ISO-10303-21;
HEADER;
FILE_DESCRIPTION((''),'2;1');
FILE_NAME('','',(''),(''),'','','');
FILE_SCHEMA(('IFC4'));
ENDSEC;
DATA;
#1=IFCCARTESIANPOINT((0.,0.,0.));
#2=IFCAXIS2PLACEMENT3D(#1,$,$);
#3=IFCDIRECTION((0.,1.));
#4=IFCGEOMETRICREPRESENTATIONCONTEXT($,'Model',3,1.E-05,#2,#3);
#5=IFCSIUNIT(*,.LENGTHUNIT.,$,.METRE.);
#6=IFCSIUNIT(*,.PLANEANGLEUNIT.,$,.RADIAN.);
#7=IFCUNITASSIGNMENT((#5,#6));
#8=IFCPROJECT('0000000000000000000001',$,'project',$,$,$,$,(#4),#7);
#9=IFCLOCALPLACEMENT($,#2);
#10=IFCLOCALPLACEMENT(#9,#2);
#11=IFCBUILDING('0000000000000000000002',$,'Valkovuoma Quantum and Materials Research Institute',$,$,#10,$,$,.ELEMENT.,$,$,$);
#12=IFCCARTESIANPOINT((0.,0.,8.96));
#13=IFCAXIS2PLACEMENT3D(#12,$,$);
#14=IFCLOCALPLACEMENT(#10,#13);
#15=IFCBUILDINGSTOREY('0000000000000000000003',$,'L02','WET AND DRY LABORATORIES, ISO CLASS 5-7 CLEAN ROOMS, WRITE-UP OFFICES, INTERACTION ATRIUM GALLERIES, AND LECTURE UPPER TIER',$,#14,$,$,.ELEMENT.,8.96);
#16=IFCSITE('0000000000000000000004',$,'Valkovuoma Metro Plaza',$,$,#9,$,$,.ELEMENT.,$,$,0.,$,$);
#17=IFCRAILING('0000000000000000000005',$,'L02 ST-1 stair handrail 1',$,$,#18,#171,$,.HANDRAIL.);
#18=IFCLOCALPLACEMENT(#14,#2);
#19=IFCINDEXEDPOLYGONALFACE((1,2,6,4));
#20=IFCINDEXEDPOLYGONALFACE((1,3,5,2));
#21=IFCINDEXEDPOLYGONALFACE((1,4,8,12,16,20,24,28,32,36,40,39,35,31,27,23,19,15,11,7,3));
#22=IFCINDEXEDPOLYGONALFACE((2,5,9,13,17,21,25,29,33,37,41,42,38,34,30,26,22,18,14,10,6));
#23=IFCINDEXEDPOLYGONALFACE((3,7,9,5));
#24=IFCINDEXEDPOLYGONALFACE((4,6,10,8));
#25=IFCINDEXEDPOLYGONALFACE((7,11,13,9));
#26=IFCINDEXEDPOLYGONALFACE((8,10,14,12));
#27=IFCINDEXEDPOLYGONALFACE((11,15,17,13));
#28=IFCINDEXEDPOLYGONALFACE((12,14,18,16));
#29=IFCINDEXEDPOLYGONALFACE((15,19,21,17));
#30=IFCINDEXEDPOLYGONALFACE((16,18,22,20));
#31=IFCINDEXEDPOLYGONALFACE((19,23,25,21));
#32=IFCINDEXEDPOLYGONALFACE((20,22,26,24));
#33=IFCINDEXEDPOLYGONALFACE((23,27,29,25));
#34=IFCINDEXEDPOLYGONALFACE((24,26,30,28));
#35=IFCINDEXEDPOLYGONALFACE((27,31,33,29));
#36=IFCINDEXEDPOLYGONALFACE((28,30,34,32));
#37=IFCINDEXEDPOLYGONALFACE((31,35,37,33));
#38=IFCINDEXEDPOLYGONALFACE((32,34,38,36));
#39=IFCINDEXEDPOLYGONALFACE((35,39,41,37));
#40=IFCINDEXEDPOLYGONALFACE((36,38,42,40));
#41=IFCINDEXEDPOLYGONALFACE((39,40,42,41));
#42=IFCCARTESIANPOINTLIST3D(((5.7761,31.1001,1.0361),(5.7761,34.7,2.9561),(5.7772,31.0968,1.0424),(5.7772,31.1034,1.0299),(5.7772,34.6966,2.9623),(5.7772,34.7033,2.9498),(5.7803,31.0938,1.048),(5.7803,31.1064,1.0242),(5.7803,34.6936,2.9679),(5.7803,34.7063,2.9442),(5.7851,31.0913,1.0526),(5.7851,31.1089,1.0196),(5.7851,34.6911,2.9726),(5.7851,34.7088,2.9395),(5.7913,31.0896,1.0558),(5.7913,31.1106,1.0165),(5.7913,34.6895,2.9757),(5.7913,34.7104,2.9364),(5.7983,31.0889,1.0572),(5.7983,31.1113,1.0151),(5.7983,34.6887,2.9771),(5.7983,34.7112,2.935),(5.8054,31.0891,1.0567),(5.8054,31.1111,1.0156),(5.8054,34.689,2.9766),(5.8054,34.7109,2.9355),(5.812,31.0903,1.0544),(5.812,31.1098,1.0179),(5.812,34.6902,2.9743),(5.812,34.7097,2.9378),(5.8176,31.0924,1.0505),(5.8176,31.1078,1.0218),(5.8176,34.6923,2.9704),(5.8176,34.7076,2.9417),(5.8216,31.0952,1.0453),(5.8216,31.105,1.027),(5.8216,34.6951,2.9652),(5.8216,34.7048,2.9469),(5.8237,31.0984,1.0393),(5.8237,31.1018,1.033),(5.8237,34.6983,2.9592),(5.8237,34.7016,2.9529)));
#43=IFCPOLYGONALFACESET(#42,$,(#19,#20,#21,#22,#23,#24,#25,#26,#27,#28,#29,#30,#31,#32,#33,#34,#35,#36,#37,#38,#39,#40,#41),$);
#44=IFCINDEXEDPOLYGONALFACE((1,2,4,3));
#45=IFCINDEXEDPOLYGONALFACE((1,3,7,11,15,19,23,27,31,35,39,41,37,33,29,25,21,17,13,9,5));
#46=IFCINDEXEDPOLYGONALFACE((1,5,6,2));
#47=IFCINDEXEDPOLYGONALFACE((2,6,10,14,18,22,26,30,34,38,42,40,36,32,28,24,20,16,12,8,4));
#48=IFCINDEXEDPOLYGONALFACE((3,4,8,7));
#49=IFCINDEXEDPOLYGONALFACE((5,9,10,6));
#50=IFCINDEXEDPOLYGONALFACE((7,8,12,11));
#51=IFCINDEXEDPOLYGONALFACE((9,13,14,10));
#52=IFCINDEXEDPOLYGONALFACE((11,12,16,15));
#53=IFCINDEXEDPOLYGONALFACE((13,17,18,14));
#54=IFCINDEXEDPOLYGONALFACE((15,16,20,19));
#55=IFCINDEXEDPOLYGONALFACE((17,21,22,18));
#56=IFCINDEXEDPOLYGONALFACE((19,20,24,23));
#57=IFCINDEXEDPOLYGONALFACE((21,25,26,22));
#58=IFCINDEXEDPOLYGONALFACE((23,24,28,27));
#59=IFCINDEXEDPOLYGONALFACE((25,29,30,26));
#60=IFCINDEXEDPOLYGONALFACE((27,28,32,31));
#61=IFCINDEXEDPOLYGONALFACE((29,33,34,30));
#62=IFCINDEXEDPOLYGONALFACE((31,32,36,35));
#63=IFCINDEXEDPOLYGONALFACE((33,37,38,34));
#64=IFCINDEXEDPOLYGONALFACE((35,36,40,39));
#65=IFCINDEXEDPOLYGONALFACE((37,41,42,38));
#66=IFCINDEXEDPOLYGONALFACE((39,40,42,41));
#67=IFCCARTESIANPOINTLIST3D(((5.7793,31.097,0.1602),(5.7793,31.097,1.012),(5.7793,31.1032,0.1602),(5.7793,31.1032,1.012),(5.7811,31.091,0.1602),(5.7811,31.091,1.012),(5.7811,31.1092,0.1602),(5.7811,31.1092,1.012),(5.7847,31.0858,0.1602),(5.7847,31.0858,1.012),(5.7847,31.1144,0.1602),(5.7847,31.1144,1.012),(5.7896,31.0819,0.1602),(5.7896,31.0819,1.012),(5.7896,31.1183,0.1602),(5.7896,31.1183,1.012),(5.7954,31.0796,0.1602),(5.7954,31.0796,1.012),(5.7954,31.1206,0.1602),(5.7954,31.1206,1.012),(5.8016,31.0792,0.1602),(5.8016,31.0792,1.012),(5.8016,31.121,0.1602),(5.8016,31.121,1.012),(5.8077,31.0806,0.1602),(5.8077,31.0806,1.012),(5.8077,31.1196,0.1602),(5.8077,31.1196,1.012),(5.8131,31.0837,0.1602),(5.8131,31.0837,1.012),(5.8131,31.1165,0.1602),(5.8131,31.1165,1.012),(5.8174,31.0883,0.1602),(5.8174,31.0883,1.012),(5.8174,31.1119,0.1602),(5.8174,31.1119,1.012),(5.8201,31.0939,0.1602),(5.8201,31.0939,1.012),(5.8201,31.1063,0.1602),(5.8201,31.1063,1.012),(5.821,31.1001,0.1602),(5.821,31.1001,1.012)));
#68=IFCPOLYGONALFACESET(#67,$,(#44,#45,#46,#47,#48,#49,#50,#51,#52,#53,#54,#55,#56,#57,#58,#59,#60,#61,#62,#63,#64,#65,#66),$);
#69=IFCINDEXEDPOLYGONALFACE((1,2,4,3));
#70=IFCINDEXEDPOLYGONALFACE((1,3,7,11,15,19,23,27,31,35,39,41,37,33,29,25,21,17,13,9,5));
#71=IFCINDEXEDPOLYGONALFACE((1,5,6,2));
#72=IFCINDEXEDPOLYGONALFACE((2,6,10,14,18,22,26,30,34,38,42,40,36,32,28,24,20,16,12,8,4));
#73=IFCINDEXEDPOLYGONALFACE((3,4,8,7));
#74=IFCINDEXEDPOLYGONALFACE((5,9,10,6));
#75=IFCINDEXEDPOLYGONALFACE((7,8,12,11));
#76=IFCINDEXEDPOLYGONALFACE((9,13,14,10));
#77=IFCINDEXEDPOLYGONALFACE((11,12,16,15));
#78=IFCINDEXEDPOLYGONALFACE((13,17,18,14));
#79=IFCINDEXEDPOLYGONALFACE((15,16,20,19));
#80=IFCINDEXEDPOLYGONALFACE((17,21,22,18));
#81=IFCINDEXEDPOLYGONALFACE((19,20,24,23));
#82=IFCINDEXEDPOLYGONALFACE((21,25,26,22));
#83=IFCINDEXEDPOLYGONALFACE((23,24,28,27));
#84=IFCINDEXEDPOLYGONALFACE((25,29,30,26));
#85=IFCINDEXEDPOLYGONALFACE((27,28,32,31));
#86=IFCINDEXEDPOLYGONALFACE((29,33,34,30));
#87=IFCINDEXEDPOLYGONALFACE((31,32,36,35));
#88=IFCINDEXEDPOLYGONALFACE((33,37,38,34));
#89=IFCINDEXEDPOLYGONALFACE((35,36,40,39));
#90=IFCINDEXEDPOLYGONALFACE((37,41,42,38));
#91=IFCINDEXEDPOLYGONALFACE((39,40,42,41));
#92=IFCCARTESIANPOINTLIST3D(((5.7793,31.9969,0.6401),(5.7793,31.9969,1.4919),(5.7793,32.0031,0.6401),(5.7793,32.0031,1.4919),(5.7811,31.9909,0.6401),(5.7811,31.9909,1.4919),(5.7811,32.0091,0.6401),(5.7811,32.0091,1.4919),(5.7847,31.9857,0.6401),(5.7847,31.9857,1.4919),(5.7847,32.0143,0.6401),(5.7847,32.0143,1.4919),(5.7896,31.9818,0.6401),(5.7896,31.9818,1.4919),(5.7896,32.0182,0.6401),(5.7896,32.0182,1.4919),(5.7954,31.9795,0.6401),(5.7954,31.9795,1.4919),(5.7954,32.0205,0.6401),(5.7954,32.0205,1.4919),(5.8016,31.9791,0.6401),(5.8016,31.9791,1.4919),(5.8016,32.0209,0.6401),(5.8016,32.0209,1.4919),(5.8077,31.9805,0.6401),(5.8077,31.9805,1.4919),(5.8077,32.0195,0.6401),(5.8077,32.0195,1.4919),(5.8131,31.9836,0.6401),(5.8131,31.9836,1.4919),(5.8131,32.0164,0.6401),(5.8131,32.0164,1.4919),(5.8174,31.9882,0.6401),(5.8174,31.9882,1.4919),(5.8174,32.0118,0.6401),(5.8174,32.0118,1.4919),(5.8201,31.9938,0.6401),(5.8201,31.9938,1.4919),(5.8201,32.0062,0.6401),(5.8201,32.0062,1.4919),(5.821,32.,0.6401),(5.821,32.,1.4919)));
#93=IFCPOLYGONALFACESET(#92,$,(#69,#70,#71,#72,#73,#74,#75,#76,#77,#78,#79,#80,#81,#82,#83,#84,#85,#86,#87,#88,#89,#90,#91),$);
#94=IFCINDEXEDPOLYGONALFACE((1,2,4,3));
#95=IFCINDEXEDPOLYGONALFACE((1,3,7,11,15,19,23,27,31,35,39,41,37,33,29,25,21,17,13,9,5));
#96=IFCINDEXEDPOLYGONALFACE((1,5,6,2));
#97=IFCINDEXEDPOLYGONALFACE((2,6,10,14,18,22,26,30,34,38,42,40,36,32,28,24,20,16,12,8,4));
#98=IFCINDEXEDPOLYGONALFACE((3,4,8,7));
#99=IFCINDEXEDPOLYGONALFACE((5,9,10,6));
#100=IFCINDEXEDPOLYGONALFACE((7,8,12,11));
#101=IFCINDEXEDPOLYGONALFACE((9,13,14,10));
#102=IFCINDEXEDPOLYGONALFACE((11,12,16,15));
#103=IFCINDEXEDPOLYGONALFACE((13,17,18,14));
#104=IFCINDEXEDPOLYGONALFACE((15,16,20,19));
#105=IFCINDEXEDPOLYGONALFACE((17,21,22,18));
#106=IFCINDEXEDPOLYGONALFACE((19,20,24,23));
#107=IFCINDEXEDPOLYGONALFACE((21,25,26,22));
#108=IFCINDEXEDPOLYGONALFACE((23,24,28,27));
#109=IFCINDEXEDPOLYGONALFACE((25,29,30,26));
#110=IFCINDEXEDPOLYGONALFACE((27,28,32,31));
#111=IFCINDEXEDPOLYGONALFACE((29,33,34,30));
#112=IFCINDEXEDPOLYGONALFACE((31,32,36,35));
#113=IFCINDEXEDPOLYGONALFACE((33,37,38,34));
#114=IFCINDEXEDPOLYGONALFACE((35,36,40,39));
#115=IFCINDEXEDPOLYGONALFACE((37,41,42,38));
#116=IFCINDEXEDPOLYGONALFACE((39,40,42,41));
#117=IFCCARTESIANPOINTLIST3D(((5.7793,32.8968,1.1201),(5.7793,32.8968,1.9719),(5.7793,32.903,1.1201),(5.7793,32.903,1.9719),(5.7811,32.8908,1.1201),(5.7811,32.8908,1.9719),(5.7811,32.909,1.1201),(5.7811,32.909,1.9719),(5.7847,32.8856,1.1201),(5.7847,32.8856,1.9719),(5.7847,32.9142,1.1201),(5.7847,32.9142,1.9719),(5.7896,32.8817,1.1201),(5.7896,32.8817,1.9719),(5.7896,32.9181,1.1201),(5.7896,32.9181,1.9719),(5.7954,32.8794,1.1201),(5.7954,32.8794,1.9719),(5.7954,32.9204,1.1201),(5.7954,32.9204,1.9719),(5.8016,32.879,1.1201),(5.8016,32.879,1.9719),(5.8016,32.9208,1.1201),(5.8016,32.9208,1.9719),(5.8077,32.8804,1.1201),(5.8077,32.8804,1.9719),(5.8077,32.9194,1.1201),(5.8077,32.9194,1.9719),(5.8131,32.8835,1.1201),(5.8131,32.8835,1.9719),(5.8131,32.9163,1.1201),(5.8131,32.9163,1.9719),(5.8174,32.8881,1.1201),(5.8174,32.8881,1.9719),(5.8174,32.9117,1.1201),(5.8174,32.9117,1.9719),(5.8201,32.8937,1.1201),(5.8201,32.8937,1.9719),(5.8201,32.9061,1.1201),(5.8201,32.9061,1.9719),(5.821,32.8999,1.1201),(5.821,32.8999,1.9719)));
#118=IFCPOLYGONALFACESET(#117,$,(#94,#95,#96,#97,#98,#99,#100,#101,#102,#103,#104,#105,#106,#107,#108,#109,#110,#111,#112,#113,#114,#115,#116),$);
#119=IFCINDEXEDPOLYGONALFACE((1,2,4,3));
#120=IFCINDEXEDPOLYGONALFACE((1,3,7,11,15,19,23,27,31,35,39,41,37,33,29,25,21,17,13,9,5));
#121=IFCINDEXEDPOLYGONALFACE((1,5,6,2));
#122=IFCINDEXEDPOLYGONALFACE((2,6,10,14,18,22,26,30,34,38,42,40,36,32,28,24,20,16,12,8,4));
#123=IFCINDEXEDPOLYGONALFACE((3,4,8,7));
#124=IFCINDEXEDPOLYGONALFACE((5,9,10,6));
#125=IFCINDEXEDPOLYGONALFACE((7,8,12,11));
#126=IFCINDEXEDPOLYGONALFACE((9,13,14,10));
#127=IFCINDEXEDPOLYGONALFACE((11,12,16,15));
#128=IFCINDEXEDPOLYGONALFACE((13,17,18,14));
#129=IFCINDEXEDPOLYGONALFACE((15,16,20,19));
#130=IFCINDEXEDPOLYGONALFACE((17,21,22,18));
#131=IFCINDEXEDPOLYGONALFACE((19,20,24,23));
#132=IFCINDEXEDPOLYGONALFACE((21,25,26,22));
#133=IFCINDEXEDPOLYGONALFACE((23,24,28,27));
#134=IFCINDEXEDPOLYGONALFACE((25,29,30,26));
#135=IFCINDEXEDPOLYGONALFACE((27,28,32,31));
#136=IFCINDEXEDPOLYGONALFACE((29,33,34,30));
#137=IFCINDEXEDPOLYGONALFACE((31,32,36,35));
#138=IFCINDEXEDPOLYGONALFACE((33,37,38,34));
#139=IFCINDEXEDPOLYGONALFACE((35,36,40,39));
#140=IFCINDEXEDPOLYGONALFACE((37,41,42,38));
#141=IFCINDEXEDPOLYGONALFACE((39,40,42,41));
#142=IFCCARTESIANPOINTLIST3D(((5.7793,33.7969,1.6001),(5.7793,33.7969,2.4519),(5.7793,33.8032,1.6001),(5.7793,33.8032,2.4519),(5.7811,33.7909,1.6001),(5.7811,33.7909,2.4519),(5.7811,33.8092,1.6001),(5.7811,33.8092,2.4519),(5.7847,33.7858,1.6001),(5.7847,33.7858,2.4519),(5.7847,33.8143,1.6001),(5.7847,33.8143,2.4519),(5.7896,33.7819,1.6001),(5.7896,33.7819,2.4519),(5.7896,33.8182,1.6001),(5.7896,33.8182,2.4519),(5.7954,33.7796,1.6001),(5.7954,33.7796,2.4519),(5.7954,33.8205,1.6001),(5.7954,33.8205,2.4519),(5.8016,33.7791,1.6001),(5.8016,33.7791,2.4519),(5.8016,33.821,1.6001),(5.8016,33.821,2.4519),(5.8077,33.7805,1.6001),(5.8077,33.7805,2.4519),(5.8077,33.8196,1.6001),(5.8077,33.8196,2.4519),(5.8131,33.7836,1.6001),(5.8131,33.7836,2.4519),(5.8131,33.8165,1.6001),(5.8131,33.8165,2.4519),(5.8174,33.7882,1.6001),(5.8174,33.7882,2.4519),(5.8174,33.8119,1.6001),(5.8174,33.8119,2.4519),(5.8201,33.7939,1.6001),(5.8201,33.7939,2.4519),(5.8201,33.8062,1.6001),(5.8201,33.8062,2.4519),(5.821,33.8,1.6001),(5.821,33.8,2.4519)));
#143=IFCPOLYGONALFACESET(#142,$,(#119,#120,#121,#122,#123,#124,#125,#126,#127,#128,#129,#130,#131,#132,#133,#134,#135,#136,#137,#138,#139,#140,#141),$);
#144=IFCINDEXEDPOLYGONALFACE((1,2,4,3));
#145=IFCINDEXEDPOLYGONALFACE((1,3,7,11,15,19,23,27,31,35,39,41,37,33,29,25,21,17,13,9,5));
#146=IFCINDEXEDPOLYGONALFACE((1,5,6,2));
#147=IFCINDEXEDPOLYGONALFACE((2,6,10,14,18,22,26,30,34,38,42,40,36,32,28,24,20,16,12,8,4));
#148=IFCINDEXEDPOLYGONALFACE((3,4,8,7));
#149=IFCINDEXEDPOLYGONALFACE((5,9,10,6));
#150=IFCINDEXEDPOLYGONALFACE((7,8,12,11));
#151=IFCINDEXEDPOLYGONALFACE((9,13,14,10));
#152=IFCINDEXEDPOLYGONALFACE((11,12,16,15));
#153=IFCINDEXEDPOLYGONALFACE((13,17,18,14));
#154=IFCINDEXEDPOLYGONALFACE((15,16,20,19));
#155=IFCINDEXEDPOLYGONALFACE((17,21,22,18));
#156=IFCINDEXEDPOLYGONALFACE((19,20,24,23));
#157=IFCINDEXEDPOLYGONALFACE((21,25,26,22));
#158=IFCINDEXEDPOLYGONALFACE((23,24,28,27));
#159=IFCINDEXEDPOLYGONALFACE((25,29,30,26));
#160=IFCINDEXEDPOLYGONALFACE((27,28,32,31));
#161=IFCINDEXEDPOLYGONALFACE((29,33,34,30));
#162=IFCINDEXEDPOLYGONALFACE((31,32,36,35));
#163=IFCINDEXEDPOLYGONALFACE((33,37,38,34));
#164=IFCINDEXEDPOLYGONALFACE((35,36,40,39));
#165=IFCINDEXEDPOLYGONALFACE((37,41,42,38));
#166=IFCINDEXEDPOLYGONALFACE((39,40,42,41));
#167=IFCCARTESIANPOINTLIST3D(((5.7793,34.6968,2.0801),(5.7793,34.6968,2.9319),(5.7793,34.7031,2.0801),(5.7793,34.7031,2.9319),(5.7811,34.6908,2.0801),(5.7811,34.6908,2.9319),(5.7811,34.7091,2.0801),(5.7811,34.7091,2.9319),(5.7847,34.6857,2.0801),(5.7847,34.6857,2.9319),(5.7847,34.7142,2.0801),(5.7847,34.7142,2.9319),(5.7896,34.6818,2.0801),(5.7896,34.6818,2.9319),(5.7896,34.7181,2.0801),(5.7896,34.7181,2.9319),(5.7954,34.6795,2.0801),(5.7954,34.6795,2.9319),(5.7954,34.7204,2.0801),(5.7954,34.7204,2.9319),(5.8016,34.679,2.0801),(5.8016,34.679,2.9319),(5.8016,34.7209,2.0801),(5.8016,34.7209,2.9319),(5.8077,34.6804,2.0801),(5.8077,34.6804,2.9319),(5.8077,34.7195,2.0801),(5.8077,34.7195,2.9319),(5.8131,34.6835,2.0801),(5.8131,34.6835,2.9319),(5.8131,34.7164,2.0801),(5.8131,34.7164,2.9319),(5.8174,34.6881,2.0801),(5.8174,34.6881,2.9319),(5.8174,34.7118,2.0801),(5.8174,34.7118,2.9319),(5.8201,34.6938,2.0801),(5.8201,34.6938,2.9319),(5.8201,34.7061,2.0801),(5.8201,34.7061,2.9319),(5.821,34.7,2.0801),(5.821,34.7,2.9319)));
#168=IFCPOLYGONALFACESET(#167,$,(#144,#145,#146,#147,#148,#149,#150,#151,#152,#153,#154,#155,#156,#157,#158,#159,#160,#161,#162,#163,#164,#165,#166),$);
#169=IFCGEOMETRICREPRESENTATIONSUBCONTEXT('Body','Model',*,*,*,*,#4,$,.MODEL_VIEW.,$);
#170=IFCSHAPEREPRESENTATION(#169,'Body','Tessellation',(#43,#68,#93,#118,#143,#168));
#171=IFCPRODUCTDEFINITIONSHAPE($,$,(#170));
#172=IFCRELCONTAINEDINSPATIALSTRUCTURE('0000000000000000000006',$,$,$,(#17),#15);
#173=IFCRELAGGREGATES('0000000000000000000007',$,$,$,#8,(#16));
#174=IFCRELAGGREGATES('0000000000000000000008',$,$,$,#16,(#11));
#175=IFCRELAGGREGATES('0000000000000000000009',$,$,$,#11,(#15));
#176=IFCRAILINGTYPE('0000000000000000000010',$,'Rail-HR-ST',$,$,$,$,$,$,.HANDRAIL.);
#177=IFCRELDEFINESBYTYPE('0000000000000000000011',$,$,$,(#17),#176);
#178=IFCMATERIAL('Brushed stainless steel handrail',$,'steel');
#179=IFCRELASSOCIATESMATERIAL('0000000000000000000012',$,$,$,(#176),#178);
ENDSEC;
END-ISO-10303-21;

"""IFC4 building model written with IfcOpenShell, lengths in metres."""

from ifc_helpers import new_model, si_unit, direction, frame, origin, origin_2d, place, context, subcontext, project, spatial, circle, extrude, material, type_object, element, save


model = new_model("IFC4")

# Units and contexts
model_context = context("Model", 3, precision=1e-05, world=origin(), true_north=direction((0.0, 1.0)))
body_context = subcontext(model_context, "Body", "Model", "MODEL_VIEW")
ifc_project = project(units=[si_unit("LENGTHUNIT", "METRE"), si_unit("PLANEANGLEUNIT", "RADIAN")], contexts=[model_context])

# Site, building, storey
site_placement = place(None, origin())
site = spatial("IfcSite", under=ifc_project, at=site_placement, Name="Valkovuoma Metro Plaza", CompositionType="ELEMENT", RefElevation=0.0)
building_placement = place(site_placement, origin())
building = spatial("IfcBuilding", under=site, at=building_placement, Name="Valkovuoma Quantum and Materials Research Institute", CompositionType="ELEMENT")
storey_placement = place(building_placement, frame((0.0, 0.0, 8.96)))
storey = spatial("IfcBuildingStorey", under=building, at=storey_placement, Name="L02", Description="WET AND DRY LABORATORIES, ISO CLASS 5-7 CLEAN ROOMS, WRITE-UP OFFICES, INTERACTION ATRIUM GALLERIES, AND LECTURE UPPER TIER", CompositionType="ELEMENT", Elevation=8.96)

# Railing
ifc_material_1 = material(Name="Brushed stainless steel handrail", Category="steel")
railing_type_1 = type_object("IfcRailingType", Name="Rail-HR-ST", PredefinedType="HANDRAIL", material=ifc_material_1)
railing_1_placement = place(storey_placement, frame((5.8, 31.1001, 0.1602)))
element("IfcRailing", 1, at=railing_1_placement, inside=storey, type_object=railing_type_1, Name="L02 ST-1 stair handrail 1", PredefinedType="HANDRAIL", context=body_context, shape_type="SweptSolid", body=[
    extrude(circle(Radius=0.0239, at=origin_2d()), frame((0.0, 0.0, 0.876), z_axis=(0.0, 0.882353, 0.470588), x_axis=(-1.0, 0.0, 0.0)), (0.0, 0.0, 1.0), 4.0798),
    extrude(circle(Radius=0.021, at=origin_2d()), origin(), (0.0, 0.0, 1.0), 0.8518),
    extrude(circle(Radius=0.021, at=origin_2d()), frame((0.0, 0.8999, 0.48)), (0.0, 0.0, 1.0), 0.8518),
    extrude(circle(Radius=0.021, at=origin_2d()), frame((0.0, 1.7998, 0.96)), (0.0, 0.0, 1.0), 0.8518),
    extrude(circle(Radius=0.021, at=origin_2d()), frame((0.0, 2.7, 1.4399)), (0.0, 0.0, 1.0), 0.8518),
    extrude(circle(Radius=0.021, at=origin_2d()), frame((0.0, 3.5999, 1.9199)), (0.0, 0.0, 1.0), 0.8518),
])

save(model, "model.ifc")
